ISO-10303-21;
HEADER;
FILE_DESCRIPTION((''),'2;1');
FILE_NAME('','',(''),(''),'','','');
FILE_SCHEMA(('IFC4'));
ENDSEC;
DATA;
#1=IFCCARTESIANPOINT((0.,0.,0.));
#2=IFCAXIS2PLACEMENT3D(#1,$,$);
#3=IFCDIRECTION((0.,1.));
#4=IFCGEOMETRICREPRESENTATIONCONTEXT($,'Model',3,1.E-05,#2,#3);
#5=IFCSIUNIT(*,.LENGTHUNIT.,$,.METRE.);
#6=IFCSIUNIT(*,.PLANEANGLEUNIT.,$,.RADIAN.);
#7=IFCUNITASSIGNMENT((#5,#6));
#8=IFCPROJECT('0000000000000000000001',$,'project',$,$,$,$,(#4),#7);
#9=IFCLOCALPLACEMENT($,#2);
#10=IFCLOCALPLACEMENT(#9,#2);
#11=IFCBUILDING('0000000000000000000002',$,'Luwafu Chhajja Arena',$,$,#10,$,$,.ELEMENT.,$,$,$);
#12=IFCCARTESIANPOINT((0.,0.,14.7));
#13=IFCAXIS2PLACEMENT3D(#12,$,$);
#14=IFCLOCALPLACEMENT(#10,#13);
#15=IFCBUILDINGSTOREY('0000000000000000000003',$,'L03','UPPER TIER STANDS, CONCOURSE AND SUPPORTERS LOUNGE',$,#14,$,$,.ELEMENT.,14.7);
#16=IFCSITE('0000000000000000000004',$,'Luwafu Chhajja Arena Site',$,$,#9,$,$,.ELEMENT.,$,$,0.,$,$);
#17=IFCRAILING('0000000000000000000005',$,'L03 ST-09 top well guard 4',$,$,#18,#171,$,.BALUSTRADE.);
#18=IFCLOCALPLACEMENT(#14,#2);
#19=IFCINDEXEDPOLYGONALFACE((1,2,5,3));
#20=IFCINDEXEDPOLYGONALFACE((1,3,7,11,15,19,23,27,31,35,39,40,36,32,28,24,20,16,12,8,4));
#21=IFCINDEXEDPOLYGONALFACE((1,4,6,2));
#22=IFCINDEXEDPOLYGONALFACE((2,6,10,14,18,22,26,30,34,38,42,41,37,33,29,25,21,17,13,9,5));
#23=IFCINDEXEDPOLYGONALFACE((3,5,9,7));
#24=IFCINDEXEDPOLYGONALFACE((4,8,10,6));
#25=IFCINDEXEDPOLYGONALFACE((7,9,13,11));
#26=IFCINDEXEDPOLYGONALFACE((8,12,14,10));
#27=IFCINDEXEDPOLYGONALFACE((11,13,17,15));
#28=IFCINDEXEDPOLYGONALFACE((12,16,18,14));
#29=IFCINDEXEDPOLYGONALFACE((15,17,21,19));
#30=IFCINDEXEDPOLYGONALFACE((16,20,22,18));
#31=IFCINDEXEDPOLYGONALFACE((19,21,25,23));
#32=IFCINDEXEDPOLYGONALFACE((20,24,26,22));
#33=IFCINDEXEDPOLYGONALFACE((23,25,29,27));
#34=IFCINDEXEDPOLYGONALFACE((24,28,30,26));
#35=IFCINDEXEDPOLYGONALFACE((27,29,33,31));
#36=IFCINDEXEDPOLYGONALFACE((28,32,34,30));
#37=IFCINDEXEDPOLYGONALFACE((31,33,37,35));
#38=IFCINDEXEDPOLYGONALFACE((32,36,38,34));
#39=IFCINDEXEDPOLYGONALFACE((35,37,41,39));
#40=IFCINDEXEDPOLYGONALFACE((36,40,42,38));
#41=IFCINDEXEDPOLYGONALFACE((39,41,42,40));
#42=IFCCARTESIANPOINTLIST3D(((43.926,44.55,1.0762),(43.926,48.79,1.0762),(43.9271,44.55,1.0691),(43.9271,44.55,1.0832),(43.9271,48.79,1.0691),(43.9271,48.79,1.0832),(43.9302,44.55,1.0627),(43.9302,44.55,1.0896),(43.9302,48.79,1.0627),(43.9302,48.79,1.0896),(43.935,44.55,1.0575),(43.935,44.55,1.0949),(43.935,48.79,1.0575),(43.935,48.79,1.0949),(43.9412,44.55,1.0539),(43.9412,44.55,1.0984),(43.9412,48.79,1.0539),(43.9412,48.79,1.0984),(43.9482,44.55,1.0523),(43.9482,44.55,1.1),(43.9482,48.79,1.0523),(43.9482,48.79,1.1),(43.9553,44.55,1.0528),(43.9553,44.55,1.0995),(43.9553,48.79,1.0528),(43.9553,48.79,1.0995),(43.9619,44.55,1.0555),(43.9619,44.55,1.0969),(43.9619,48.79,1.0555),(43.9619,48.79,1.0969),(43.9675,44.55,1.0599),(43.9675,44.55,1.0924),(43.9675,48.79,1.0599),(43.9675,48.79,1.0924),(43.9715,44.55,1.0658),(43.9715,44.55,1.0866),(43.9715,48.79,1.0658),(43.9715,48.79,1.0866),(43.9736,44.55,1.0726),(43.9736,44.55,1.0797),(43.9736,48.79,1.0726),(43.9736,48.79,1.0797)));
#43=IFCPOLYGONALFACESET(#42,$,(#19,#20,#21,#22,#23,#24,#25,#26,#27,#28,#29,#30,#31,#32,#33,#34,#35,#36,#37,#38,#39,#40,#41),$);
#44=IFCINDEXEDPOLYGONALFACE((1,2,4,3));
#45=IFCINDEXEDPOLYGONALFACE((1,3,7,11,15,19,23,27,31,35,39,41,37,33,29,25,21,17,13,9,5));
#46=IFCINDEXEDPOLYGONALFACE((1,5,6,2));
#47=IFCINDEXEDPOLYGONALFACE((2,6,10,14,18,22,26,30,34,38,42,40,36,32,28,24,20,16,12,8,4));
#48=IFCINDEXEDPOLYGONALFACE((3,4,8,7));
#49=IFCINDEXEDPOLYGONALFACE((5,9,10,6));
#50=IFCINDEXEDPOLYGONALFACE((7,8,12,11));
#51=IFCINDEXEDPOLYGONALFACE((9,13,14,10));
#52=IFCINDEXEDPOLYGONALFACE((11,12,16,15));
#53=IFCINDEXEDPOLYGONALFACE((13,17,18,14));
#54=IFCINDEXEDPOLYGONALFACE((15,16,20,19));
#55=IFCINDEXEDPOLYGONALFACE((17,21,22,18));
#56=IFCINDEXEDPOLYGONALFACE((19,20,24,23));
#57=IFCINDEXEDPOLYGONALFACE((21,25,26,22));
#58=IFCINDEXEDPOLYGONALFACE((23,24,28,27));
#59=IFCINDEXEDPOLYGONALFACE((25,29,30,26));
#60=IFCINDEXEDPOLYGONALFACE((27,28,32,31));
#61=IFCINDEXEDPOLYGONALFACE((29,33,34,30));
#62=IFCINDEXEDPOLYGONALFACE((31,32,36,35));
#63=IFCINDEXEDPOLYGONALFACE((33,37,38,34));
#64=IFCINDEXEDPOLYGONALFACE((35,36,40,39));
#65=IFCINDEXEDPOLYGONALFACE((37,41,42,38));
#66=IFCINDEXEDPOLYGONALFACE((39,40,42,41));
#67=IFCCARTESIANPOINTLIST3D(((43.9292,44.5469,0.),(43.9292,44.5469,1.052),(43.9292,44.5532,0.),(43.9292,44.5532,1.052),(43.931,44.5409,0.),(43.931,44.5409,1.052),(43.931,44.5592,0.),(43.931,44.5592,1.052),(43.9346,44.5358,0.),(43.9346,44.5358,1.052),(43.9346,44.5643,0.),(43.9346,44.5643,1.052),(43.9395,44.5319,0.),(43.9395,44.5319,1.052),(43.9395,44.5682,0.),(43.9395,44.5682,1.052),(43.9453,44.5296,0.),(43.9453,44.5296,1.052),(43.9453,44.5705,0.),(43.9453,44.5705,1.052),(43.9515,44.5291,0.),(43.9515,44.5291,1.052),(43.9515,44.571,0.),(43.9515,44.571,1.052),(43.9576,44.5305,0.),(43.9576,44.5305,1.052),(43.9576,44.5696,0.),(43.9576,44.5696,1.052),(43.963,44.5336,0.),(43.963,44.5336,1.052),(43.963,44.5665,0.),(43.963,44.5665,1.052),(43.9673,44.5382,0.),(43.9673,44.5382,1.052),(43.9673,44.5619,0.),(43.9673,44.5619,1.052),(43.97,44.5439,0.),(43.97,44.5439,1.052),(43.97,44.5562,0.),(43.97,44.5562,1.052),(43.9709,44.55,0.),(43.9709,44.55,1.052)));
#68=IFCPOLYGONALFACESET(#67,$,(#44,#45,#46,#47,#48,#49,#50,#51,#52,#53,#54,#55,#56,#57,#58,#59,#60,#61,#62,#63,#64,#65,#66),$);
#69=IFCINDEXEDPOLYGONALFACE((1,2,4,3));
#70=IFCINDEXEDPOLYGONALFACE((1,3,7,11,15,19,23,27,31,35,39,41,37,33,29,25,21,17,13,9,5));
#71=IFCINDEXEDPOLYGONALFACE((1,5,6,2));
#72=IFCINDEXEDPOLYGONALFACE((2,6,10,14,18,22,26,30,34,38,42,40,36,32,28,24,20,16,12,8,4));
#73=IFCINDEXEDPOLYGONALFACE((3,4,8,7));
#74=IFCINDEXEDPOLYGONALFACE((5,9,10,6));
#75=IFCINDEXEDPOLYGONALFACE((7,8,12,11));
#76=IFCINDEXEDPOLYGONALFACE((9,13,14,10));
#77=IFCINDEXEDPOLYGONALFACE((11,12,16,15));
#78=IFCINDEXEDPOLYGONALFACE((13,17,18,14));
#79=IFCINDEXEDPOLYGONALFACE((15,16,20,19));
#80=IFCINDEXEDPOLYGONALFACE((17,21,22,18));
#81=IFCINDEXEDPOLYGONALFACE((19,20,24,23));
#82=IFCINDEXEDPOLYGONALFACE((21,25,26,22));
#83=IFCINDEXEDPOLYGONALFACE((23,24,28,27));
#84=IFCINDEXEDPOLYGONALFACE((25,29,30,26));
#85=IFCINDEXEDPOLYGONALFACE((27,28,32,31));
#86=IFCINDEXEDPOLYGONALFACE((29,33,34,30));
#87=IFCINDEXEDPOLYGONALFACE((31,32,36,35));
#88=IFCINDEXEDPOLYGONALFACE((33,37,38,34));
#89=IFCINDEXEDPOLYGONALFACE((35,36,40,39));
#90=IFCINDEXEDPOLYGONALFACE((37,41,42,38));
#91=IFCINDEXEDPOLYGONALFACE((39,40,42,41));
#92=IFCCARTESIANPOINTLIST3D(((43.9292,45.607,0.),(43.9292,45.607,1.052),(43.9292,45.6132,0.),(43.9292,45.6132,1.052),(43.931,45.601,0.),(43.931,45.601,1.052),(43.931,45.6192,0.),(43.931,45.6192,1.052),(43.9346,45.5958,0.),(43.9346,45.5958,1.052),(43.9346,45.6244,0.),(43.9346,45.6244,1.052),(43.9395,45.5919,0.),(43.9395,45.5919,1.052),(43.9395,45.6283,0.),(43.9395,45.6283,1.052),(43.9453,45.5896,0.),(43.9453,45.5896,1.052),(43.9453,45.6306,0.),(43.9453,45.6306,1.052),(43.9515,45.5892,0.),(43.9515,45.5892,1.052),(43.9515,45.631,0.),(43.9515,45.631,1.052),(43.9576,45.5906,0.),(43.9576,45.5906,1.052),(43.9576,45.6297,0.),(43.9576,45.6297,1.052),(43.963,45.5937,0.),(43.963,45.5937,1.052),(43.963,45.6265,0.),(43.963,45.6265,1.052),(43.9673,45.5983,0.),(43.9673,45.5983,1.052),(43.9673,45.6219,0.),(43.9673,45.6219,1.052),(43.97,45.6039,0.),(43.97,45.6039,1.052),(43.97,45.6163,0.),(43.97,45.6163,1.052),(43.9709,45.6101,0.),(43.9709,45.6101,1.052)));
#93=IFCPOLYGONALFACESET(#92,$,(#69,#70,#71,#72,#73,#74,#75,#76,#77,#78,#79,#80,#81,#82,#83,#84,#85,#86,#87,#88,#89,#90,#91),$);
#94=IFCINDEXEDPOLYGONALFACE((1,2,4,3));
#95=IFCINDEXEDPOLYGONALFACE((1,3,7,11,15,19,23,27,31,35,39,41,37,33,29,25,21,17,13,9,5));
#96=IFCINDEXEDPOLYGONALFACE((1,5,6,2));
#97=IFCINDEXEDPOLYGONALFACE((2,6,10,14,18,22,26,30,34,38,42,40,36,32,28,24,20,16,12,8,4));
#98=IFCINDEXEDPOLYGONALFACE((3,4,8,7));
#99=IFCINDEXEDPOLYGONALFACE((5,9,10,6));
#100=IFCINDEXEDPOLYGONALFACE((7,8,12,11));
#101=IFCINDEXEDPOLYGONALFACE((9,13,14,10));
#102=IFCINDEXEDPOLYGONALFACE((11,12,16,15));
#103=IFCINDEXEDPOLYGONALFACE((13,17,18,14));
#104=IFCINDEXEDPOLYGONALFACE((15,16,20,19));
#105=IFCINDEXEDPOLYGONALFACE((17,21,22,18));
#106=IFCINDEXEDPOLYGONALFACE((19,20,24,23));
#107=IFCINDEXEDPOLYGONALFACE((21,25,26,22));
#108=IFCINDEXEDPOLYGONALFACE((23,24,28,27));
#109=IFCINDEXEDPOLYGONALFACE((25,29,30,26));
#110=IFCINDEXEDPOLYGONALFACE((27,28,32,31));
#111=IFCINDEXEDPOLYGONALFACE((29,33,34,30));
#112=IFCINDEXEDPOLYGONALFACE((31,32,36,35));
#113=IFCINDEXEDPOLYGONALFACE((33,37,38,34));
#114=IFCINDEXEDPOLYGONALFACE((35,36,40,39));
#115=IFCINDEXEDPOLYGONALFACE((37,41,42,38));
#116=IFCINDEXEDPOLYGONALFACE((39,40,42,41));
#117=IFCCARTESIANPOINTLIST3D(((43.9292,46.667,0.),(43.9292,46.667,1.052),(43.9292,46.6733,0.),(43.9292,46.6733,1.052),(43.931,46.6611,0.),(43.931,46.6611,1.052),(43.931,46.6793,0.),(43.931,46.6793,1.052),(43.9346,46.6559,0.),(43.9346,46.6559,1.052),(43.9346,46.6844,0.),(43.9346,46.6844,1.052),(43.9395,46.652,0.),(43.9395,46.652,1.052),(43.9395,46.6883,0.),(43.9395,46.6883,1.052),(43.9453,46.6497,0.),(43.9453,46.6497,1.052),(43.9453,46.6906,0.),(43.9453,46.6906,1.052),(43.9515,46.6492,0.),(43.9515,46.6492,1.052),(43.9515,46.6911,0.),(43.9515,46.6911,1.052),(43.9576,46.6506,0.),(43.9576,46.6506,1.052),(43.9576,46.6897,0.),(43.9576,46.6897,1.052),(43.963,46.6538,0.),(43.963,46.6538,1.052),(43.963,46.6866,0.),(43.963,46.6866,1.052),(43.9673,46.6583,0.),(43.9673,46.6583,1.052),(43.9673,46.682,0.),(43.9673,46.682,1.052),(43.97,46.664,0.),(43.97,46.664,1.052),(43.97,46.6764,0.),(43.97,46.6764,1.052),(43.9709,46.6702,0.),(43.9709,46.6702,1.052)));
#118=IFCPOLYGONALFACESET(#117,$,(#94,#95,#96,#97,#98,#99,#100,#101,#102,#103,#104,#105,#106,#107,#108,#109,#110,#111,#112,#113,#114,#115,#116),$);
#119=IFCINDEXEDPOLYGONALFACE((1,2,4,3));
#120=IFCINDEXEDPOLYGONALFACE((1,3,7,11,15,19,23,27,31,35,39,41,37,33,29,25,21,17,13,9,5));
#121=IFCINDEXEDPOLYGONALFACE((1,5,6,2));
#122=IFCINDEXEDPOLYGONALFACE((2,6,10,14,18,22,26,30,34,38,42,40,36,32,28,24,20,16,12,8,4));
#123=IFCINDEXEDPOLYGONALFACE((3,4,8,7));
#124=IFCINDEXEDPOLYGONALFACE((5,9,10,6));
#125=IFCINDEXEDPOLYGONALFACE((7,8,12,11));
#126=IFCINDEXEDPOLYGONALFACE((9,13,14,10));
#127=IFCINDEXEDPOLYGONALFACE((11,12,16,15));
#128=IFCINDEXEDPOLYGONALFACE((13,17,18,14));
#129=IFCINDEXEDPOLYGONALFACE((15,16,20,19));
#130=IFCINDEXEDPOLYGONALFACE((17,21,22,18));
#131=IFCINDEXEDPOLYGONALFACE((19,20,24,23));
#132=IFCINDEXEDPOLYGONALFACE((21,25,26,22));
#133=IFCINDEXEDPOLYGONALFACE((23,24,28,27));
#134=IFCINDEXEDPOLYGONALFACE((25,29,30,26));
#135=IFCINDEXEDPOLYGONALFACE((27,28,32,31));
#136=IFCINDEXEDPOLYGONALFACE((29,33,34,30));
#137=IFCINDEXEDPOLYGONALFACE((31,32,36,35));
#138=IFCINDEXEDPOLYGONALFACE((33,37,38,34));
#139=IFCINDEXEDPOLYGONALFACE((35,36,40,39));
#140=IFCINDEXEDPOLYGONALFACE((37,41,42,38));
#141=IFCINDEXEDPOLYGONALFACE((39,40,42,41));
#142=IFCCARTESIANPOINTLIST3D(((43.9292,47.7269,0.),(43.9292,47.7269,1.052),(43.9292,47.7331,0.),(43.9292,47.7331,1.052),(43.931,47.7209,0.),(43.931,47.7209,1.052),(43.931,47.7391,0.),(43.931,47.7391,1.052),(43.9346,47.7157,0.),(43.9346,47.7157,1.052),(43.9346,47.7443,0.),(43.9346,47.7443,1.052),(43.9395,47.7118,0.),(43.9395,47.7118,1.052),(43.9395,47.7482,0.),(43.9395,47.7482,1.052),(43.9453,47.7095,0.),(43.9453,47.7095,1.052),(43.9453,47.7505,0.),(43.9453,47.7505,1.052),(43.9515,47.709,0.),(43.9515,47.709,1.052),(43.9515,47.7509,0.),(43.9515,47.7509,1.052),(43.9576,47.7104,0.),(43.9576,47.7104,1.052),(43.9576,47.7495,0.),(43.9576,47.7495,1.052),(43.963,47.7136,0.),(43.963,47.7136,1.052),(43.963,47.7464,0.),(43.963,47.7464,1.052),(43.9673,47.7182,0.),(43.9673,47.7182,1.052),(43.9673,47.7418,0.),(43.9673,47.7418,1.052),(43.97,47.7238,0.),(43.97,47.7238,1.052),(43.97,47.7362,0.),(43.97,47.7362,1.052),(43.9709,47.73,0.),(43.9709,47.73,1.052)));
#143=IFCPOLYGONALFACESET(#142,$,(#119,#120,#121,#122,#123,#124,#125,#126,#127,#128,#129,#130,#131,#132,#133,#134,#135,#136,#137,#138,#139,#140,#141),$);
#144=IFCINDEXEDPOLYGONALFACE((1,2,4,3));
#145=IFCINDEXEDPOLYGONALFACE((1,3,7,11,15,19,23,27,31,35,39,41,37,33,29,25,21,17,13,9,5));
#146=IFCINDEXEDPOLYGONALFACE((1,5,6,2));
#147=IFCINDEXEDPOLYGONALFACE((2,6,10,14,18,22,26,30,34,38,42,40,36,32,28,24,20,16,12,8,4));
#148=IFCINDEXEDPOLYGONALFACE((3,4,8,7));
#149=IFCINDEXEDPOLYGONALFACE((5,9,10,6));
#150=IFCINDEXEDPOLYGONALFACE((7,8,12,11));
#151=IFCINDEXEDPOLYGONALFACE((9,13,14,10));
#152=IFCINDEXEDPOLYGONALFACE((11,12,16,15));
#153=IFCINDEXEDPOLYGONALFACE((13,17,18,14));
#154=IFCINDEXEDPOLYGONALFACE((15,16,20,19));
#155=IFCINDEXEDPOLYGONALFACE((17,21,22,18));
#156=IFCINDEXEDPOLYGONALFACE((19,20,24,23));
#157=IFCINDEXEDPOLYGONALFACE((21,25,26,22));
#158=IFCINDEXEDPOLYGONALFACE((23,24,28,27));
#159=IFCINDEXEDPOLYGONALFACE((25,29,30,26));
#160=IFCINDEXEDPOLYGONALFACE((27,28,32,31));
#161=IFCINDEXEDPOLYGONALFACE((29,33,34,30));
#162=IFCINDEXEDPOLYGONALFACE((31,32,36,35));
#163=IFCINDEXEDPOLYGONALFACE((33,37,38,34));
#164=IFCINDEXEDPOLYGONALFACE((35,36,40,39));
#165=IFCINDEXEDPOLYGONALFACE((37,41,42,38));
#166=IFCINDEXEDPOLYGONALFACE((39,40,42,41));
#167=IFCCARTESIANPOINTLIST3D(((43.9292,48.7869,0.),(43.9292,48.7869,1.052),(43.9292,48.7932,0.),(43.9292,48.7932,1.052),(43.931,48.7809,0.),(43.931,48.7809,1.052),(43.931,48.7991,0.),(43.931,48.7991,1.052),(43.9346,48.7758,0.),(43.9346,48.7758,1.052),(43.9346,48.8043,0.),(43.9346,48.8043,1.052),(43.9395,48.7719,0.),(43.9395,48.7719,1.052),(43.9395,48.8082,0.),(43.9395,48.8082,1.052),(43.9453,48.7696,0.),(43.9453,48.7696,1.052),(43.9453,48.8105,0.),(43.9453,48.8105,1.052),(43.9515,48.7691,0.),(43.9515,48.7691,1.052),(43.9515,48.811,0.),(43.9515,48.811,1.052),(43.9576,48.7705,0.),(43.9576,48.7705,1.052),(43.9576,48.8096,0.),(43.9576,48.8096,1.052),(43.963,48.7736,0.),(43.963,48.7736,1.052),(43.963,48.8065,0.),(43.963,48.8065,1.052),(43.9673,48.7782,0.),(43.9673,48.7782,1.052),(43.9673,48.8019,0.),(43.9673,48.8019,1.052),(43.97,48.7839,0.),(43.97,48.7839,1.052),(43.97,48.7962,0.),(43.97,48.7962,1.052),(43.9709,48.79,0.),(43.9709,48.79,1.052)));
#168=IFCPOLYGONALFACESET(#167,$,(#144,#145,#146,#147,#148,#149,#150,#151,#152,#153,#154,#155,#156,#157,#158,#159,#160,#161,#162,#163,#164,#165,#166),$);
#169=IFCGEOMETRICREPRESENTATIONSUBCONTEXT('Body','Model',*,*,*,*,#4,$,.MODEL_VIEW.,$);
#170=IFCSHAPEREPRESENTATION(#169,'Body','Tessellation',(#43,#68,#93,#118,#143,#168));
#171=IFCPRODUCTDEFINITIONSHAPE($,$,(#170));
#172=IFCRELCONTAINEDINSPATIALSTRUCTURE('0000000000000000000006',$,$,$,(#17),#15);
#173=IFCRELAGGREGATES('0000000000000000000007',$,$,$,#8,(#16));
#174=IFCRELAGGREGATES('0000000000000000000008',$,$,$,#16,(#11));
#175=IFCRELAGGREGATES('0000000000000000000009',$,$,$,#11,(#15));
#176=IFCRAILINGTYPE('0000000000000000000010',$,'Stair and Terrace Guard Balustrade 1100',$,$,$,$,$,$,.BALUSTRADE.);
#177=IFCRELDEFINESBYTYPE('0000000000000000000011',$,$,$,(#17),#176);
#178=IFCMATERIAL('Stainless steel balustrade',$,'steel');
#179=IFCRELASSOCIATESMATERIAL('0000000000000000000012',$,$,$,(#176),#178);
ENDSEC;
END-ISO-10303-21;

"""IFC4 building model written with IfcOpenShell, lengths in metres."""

from ifc_helpers import new_model, si_unit, direction, frame, origin, origin_2d, place, context, subcontext, project, spatial, circle, extrude, material, type_object, element, save


model = new_model("IFC4")

# Units and contexts
model_context = context("Model", 3, precision=1e-05, world=origin(), true_north=direction((0.0, 1.0)))
body_context = subcontext(model_context, "Body", "Model", "MODEL_VIEW")
ifc_project = project(units=[si_unit("LENGTHUNIT", "METRE"), si_unit("PLANEANGLEUNIT", "RADIAN")], contexts=[model_context])

# Site, building, storey
site_placement = place(None, origin())
site = spatial("IfcSite", under=ifc_project, at=site_placement, Name="Luwafu Chhajja Arena Site", CompositionType="ELEMENT", RefElevation=0.0)
building_placement = place(site_placement, origin())
building = spatial("IfcBuilding", under=site, at=building_placement, Name="Luwafu Chhajja Arena", CompositionType="ELEMENT")
storey_placement = place(building_placement, frame((0.0, 0.0, 14.7)))
storey = spatial("IfcBuildingStorey", under=building, at=storey_placement, Name="L03", Description="UPPER TIER STANDS, CONCOURSE AND SUPPORTERS LOUNGE", CompositionType="ELEMENT", Elevation=14.7)

# Railing
ifc_material_1 = material(Name="Stainless steel balustrade", Category="steel")
railing_type = type_object("IfcRailingType", Name="Stair and Terrace Guard Balustrade 1100", PredefinedType="BALUSTRADE", material=ifc_material_1)
railing_1_placement = place(storey_placement, frame((43.95, 44.55, 0.0)))
element("IfcRailing", 1, at=railing_1_placement, inside=storey, type_object=railing_type, Name="L03 ST-09 top well guard 4", PredefinedType="BALUSTRADE", context=body_context, shape_type="SweptSolid", body=[
    extrude(circle(Radius=0.0239, at=origin_2d()), frame((0.0, 0.0, 1.0762), z_axis=(0.0, 1.0, 0.0), x_axis=(-1.0, 0.0, 0.0)), (0.0, 0.0, 1.0), 4.24),
    extrude(circle(Radius=0.021, at=origin_2d()), origin(), (0.0, 0.0, 1.0), 1.052),
    extrude(circle(Radius=0.021, at=origin_2d()), frame((0.0, 1.0601, 0.0)), (0.0, 0.0, 1.0), 1.052),
    extrude(circle(Radius=0.021, at=origin_2d()), frame((0.0, 2.1201, 0.0)), (0.0, 0.0, 1.0), 1.052),
    extrude(circle(Radius=0.021, at=origin_2d()), frame((0.0, 3.1799, 0.0)), (0.0, 0.0, 1.0), 1.052),
    extrude(circle(Radius=0.021, at=origin_2d()), frame((0.0, 4.24, 0.0)), (0.0, 0.0, 1.0), 1.052),
])

save(model, "model.ifc")
